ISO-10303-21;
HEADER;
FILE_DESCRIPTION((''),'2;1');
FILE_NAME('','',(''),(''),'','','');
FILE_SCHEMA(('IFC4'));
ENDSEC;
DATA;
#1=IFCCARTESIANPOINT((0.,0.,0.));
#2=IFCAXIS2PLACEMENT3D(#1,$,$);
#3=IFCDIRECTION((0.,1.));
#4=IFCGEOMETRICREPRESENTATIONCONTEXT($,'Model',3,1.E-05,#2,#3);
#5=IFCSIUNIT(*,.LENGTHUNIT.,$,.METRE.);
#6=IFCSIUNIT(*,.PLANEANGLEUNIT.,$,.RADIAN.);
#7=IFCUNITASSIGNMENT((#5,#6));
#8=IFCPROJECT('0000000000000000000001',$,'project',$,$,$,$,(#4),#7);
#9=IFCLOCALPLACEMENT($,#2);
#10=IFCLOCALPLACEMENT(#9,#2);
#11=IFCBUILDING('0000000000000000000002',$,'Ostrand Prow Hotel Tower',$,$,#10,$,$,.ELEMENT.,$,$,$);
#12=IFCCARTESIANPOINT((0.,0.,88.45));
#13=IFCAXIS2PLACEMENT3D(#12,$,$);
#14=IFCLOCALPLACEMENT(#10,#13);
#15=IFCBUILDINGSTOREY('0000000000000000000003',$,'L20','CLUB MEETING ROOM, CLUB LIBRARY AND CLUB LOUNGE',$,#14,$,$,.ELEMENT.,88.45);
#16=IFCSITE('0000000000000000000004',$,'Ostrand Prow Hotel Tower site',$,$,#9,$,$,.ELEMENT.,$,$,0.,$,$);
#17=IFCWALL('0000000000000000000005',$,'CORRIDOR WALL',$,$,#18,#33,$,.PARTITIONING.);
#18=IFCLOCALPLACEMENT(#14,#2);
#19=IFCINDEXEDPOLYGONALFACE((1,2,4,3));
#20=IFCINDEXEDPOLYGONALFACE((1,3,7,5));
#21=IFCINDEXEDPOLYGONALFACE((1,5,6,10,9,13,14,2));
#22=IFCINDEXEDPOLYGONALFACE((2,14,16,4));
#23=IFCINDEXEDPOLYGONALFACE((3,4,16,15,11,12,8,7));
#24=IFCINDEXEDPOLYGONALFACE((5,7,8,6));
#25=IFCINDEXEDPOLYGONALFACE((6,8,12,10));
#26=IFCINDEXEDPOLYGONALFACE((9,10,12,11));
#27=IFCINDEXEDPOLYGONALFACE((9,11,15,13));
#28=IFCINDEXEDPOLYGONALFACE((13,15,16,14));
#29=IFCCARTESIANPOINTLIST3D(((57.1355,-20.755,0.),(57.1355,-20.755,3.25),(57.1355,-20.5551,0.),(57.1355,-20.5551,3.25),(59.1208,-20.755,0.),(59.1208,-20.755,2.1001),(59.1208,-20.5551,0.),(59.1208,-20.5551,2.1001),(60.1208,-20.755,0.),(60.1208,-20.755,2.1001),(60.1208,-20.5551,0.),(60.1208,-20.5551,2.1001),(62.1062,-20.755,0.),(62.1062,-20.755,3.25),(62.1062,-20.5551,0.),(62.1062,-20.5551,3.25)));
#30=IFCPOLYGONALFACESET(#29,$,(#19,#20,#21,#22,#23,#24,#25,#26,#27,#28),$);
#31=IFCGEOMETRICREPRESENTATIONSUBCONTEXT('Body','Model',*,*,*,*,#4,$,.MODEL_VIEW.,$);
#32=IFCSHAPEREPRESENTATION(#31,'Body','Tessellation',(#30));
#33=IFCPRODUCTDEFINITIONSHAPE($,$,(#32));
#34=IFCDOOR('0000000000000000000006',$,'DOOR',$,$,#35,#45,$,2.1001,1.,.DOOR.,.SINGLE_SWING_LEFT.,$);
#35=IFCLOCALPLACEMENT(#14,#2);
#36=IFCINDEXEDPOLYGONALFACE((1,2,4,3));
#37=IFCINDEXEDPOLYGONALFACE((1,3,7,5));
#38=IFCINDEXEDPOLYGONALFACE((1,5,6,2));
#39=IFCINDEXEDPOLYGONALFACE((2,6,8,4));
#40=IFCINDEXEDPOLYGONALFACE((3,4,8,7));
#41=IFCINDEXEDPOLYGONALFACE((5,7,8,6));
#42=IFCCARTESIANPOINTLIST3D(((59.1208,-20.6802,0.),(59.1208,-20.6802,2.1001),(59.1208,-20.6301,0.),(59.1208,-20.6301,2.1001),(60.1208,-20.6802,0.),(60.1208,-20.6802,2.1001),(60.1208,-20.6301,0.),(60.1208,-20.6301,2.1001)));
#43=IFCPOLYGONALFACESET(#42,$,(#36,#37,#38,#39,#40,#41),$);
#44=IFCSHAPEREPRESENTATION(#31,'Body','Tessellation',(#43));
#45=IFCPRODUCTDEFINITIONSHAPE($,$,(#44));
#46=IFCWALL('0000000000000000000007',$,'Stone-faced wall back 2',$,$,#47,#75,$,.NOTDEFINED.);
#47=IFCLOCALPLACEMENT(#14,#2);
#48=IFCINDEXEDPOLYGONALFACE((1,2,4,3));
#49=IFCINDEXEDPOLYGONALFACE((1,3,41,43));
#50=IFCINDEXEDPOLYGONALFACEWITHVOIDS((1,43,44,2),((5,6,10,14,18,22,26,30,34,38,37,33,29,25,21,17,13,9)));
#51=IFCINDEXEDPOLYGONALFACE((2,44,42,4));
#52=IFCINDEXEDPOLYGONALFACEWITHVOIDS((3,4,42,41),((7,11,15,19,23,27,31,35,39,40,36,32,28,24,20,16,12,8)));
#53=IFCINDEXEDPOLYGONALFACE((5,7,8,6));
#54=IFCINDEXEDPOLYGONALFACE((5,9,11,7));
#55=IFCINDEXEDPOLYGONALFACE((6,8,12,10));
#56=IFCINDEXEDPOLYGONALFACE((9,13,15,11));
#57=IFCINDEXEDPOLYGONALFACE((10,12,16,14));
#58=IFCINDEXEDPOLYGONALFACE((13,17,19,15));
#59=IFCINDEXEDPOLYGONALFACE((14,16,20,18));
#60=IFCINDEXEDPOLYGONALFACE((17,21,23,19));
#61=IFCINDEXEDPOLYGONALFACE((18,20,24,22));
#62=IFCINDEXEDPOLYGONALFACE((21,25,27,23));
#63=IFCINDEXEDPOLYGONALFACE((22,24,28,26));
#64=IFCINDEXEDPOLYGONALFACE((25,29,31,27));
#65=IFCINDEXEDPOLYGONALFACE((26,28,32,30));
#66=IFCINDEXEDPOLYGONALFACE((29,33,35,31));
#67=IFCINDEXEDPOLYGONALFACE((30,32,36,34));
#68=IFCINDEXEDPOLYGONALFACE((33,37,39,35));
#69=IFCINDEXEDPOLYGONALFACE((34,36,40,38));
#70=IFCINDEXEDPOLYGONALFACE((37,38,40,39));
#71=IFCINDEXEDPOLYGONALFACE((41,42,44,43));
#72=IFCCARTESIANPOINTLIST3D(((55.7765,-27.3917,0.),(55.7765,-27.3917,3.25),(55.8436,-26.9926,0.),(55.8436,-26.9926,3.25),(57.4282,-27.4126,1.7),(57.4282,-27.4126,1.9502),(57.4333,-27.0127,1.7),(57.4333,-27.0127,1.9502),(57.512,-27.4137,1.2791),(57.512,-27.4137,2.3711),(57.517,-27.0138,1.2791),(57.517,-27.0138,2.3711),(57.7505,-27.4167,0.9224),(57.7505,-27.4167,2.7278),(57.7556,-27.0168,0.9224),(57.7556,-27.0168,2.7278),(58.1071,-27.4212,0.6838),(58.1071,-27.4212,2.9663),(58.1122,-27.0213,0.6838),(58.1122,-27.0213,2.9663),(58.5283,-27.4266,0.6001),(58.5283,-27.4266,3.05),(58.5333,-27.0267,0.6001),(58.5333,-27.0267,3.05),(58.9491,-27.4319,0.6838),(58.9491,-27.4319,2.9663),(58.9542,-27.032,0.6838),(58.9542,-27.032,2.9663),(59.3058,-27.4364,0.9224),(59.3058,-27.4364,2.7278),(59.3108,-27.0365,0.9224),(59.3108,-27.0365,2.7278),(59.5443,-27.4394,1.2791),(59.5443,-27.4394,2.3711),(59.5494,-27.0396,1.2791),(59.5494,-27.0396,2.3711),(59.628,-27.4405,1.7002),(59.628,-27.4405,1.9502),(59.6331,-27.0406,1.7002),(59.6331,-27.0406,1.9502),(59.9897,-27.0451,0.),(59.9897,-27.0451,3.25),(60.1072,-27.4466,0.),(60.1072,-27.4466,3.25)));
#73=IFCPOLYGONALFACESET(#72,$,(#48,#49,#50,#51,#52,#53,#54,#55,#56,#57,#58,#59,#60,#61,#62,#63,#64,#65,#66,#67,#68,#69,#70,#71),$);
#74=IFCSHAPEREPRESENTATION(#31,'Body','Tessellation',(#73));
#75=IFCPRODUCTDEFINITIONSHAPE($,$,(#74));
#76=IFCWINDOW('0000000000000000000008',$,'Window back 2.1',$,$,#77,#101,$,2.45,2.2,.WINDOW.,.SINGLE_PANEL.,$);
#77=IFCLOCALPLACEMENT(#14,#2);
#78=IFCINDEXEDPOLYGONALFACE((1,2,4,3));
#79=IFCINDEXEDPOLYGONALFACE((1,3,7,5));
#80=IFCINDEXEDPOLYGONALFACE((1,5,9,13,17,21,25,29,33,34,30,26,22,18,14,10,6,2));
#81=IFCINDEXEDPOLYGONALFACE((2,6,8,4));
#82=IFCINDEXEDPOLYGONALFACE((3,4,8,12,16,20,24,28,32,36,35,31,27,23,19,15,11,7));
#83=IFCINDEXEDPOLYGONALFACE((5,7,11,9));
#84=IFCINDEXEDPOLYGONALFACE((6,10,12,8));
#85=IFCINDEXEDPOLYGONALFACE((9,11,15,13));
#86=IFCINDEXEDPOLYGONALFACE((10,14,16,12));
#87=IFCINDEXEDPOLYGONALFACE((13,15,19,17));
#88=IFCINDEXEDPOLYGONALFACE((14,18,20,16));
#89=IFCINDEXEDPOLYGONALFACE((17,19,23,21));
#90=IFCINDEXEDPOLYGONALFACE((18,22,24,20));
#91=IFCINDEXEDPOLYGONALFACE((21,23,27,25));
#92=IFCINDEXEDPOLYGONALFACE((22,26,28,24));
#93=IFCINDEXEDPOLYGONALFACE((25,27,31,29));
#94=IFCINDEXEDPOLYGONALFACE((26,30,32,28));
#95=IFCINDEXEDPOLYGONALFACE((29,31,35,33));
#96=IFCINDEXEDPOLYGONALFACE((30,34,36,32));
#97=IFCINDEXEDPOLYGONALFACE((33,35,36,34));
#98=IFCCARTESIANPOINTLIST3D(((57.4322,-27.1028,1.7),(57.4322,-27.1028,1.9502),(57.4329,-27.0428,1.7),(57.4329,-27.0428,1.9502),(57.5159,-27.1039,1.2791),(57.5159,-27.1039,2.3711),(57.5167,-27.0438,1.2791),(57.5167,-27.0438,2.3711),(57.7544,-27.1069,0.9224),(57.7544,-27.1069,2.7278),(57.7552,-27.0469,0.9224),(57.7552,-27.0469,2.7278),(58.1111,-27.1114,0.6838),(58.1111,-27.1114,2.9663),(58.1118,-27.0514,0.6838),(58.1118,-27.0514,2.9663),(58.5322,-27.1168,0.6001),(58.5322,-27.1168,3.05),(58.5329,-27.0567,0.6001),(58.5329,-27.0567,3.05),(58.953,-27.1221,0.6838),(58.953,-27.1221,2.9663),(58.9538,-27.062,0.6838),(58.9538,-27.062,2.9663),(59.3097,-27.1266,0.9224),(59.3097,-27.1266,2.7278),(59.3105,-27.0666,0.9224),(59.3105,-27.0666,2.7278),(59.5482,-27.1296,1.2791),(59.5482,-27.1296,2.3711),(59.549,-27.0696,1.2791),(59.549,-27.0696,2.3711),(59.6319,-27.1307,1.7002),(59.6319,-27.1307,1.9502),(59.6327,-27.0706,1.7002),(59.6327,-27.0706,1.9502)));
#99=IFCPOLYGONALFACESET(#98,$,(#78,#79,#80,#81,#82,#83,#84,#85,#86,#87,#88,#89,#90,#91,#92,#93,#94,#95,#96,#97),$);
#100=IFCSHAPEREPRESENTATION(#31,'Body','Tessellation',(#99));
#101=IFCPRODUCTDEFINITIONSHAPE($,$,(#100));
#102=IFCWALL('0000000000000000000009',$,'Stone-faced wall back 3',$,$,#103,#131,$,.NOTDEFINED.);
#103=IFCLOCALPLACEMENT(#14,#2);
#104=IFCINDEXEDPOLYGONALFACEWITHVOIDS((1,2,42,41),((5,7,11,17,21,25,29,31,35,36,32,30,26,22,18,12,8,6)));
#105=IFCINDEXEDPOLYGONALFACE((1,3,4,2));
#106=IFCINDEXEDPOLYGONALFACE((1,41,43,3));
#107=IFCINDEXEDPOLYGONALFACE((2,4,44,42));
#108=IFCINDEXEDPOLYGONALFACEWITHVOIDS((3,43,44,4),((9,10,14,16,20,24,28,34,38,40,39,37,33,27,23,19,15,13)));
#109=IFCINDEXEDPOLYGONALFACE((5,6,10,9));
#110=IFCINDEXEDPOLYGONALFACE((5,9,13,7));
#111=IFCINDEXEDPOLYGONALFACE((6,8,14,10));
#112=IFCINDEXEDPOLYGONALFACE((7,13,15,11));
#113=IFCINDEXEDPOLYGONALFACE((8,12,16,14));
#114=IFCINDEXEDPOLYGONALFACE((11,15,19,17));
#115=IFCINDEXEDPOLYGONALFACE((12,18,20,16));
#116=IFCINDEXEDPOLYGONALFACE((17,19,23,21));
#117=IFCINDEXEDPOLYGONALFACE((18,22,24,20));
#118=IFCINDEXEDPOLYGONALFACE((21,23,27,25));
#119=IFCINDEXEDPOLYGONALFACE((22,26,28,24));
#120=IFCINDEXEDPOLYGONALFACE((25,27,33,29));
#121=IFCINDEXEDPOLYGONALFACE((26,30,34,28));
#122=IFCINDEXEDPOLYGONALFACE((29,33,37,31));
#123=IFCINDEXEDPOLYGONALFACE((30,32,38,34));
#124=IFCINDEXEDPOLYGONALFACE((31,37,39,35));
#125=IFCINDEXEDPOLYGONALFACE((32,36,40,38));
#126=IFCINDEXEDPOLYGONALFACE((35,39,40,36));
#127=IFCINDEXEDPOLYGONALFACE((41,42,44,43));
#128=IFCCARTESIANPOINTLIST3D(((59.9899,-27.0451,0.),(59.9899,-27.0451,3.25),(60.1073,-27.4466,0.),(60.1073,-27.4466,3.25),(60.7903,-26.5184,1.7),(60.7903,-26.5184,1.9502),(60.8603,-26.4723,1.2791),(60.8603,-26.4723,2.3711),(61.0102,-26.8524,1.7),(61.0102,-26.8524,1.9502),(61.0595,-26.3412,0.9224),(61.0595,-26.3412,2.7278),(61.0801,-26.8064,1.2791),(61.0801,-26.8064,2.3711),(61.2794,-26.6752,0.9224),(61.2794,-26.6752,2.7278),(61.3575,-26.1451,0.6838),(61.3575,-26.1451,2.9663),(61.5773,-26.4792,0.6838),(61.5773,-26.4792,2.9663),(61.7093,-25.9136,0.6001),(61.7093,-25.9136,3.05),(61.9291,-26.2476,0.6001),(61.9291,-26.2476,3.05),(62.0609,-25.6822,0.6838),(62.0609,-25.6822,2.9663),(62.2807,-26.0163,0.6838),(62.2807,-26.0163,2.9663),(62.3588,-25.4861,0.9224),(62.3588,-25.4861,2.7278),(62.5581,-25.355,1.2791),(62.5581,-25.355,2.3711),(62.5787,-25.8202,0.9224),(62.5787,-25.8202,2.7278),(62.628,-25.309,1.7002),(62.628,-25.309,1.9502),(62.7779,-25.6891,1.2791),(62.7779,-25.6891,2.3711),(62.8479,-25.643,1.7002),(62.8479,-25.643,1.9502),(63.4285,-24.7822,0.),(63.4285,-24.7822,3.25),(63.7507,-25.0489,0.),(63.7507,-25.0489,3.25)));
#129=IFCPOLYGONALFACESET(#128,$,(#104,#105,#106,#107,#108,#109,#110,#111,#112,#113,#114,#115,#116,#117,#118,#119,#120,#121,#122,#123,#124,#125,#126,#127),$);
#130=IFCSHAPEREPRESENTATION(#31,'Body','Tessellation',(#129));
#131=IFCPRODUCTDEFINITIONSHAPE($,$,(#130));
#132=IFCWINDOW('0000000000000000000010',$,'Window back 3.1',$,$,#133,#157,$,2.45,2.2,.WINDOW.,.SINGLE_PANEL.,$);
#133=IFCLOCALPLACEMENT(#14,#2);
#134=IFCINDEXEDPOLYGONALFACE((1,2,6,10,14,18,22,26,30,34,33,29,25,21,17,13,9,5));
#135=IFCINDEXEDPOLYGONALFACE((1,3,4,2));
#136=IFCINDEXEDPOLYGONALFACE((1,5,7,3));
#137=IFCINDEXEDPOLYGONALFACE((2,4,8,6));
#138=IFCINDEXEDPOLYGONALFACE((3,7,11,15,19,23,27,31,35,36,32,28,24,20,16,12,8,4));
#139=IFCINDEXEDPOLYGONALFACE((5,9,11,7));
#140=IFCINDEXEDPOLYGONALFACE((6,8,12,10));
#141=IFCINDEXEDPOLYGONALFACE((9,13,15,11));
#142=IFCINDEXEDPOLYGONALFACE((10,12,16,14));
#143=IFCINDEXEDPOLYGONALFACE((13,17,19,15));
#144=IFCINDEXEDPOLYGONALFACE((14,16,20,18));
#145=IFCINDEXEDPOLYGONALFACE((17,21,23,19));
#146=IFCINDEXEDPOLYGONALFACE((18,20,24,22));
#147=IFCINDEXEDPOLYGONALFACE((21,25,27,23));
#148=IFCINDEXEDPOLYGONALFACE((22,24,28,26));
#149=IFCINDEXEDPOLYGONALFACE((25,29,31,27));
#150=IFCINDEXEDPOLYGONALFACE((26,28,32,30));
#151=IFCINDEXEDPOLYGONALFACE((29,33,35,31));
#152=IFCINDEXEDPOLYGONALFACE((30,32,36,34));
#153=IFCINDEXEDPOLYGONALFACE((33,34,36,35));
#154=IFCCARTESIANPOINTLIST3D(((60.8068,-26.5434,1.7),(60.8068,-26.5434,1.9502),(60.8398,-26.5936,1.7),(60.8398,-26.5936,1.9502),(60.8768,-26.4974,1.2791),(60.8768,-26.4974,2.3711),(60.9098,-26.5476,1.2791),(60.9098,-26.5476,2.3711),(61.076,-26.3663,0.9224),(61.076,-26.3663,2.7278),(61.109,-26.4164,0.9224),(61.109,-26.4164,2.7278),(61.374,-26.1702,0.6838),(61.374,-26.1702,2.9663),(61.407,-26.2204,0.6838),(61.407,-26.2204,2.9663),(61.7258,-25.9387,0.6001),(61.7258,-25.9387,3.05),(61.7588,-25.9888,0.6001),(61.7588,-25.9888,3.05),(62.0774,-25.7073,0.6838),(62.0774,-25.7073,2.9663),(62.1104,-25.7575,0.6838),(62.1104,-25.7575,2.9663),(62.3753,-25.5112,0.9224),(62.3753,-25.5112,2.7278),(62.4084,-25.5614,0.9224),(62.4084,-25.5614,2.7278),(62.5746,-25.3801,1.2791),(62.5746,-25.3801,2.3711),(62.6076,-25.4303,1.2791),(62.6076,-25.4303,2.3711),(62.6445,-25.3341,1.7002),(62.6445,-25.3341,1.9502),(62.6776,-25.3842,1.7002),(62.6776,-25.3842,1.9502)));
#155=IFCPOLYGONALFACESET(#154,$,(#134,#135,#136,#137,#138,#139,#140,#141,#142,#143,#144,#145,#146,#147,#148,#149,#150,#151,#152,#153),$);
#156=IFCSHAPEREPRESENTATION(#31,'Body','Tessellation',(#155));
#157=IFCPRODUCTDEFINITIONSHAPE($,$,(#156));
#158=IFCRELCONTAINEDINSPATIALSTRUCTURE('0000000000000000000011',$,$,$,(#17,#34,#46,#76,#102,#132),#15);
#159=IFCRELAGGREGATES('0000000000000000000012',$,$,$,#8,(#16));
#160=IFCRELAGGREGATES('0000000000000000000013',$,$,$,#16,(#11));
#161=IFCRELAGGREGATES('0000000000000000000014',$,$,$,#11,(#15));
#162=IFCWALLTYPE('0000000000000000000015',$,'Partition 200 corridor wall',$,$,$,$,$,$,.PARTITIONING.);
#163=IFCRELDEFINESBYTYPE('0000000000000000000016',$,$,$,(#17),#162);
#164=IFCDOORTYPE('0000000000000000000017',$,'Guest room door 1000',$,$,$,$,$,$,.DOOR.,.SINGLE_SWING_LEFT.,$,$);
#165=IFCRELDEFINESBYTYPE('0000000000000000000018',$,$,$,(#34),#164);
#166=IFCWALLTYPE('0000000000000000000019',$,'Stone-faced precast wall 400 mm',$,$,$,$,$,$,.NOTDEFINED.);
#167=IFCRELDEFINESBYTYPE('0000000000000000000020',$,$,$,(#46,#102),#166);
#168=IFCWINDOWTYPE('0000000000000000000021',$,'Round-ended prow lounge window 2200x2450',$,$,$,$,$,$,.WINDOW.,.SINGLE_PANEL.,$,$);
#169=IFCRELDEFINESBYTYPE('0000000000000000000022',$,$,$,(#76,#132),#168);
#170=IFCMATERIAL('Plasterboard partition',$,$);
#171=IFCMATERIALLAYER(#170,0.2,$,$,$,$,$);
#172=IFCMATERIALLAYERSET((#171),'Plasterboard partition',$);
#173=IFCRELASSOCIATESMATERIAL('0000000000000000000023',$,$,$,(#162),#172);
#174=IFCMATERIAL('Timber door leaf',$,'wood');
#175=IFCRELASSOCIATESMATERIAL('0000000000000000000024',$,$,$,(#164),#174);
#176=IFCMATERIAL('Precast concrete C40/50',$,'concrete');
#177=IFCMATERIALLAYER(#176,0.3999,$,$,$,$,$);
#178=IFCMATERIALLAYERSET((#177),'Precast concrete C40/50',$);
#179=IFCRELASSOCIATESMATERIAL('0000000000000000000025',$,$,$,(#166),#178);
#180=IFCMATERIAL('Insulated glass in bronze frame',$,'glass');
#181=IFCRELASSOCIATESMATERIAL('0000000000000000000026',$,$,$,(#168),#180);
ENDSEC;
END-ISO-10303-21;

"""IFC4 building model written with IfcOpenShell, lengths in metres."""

from ifc_helpers import new_model, si_unit, direction, frame, frame_2d, origin, place, context, subcontext, project, spatial, polyline, rectangle, outline, extrude, material, layer, layer_set, type_object, element, fill, save


model = new_model("IFC4")

# Units and contexts
model_context = context("Model", 3, precision=1e-05, world=origin(), true_north=direction((0.0, 1.0)))
body_context = subcontext(model_context, "Body", "Model", "MODEL_VIEW")
ifc_project = project(units=[si_unit("LENGTHUNIT", "METRE"), si_unit("PLANEANGLEUNIT", "RADIAN")], contexts=[model_context])

# Site, building, storey
site_placement = place(None, origin())
site = spatial("IfcSite", under=ifc_project, at=site_placement, Name="Ostrand Prow Hotel Tower site", CompositionType="ELEMENT", RefElevation=0.0)
building_placement = place(site_placement, origin())
building = spatial("IfcBuilding", under=site, at=building_placement, Name="Ostrand Prow Hotel Tower", CompositionType="ELEMENT")
storey_placement = place(building_placement, frame((0.0, 0.0, 88.45)))
storey = spatial("IfcBuildingStorey", under=building, at=storey_placement, Name="L20", Description="CLUB MEETING ROOM, CLUB LIBRARY AND CLUB LOUNGE", CompositionType="ELEMENT", Elevation=88.45)

# Wall, opening, door
ifc_material_1 = material(Name="Plasterboard partition")
ifc_layer_1 = layer(ifc_material_1, 0.2)
ifc_layer_set_1 = layer_set([ifc_layer_1], Name="Plasterboard partition")
wall_type_1 = type_object("IfcWallType", Name="Partition 200 corridor wall", PredefinedType="PARTITIONING", material=ifc_layer_set_1)
wall_1_placement = place(storey_placement, frame((57.1355, -20.655, 0.0), z_axis=(0.0, 0.0, 1.0), x_axis=(1.0, 0.0, 0.0)))
wall_1 = element("IfcWall", 1, at=wall_1_placement, inside=storey, type_object=wall_type_1, Name="CORRIDOR WALL", PredefinedType="PARTITIONING", context=body_context, shape_type="SweptSolid", body=[
    extrude(rectangle(XDim=4.9707, YDim=0.2, at=frame_2d((2.4854, 0.0))), origin(), (0.0, 0.0, 1.0), 3.25),
])
opening_1_placement = place(wall_1_placement, frame((1.9854, 0.0, 0.0)))
opening_1 = element("IfcOpeningElement", 2, at=opening_1_placement, cuts=wall_1, PredefinedType="OPENING", context=body_context, shape_type="SweptSolid", body=[
    extrude(rectangle(XDim=1.0, YDim=2.1001, at=frame_2d((0.5, 1.05))), frame((0.0, 0.1099, 0.0), z_axis=(0.0, -1.0, 0.0), x_axis=(1.0, 0.0, 0.0)), (0.0, 0.0, 1.0), 0.22),
])
ifc_material_2 = material(Name="Timber door leaf", Category="wood")
door_type_1 = type_object("IfcDoorType", Name="Guest room door 1000", OperationType="SINGLE_SWING_LEFT", PredefinedType="DOOR", material=ifc_material_2)
door_1_placement = place(opening_1_placement, origin())
door_1 = element("IfcDoor", 3, at=door_1_placement, inside=storey, type_object=door_type_1, Name="DOOR", OperationType="SINGLE_SWING_LEFT", OverallHeight=2.1001, OverallWidth=1.0, PredefinedType="DOOR", context=body_context, shape_type="SweptSolid", body=[
    extrude(rectangle(XDim=1.0, YDim=2.1001, at=frame_2d((0.5, 1.05))), frame((0.0, 0.0249, 0.0), z_axis=(0.0, -1.0, 0.0), x_axis=(1.0, 0.0, 0.0)), (0.0, 0.0, 1.0), 0.05),
])
fill(opening_1, door_1)

# Walls, openings, windows
ifc_material_3 = material(Name="Precast concrete C40/50", Category="concrete")
ifc_layer_2 = layer(ifc_material_3, 0.3999)
ifc_layer_set_2 = layer_set([ifc_layer_2], Name="Precast concrete C40/50")
wall_type_2 = type_object("IfcWallType", Name="Stone-faced precast wall 400 mm", PredefinedType="NOTDEFINED", material=ifc_layer_set_2)
wall_2_placement = place(storey_placement, frame((55.8101, -27.1921, 0.0), z_axis=(0.0, 0.0, 1.0), x_axis=(0.99992, -0.012671, 0.0)))
wall_2 = element("IfcWall", 4, at=wall_2_placement, inside=storey, type_object=wall_type_2, Name="Stone-faced wall back 2", PredefinedType="NOTDEFINED", context=body_context, shape_type="SweptSolid", body=[
    extrude(outline(polyline([(-0.031, -0.2), (4.3, -0.2), (4.1775, 0.2), (0.031, 0.2), (-0.031, -0.2)])), origin(), (0.0, 0.0, 1.0), 3.25),
])
opening_2_placement = place(wall_2_placement, frame((1.6208, 0.0, 0.6001)))
opening_2 = element("IfcOpeningElement", 5, at=opening_2_placement, cuts=wall_2, PredefinedType="OPENING", context=body_context, shape_type="SweptSolid", body=[
    extrude(outline(polyline([(0.0, 1.3501), (0.0837, 1.771), (0.3223, 2.1277), (0.679, 2.3662), (1.1001, 2.45), (1.521, 2.3662), (1.8777, 2.1277), (2.1162, 1.771), (2.2, 1.3501), (2.2, 1.1001), (2.1162, 0.679), (1.8777, 0.3223), (1.521, 0.0837), (1.1001, 0.0), (0.679, 0.0837), (0.3223, 0.3223), (0.0837, 0.679), (0.0, 1.0999), (0.0, 1.3501)])), frame((0.0, 0.21, 0.0), z_axis=(0.0, -1.0, 0.0), x_axis=(1.0, 0.0, 0.0)), (0.0, 0.0, 1.0), 0.4199),
])
ifc_material_4 = material(Name="Insulated glass in bronze frame", Category="glass")
window_type_1 = type_object("IfcWindowType", Name="Round-ended prow lounge window 2200x2450", PartitioningType="SINGLE_PANEL", PredefinedType="WINDOW", material=ifc_material_4)
window_1_placement = place(opening_2_placement, origin())
window_1 = element("IfcWindow", 6, at=window_1_placement, inside=storey, type_object=window_type_1, Name="Window back 2.1", OverallHeight=2.45, OverallWidth=2.2, PartitioningType="SINGLE_PANEL", PredefinedType="WINDOW", context=body_context, shape_type="SweptSolid", body=[
    extrude(outline(polyline([(0.0, 1.3501), (0.0837, 1.771), (0.3223, 2.1277), (0.679, 2.3662), (1.1001, 2.45), (1.521, 2.3662), (1.8777, 2.1277), (2.1162, 1.771), (2.2, 1.3501), (2.2, 1.1001), (2.1162, 0.679), (1.8777, 0.3223), (1.521, 0.0837), (1.1001, 0.0), (0.679, 0.0837), (0.3223, 0.3223), (0.0837, 0.679), (0.0, 1.0999), (0.0, 1.3501)])), frame((0.0, 0.1699, 0.0), z_axis=(0.0, -1.0, 0.0), x_axis=(1.0, 0.0, 0.0)), (0.0, 0.0, 1.0), 0.0601),
])
fill(opening_2, window_1)
wall_3_placement = place(storey_placement, frame((60.0486, -27.2458, 0.0), z_axis=(0.0, 0.0, 1.0), x_axis=(0.835341, 0.549733, 0.0)))
wall_3 = element("IfcWall", 7, at=wall_3_placement, inside=storey, type_object=wall_type_2, Name="Stone-faced wall back 3", PredefinedType="NOTDEFINED", context=body_context, shape_type="SweptSolid", body=[
    extrude(outline(polyline([(-0.0613, -0.2), (4.3003, -0.2), (4.1777, 0.2), (0.0613, 0.2), (-0.0613, -0.2)])), origin(), (0.0, 0.0, 1.0), 3.25),
])
opening_3_placement = place(wall_3_placement, frame((1.0195, 0.0, 0.6001)))
opening_3 = element("IfcOpeningElement", 8, at=opening_3_placement, cuts=wall_3, PredefinedType="OPENING", context=body_context, shape_type="SweptSolid", body=[
    extrude(outline(polyline([(0.0, 1.3501), (0.0837, 1.771), (0.3223, 2.1277), (0.679, 2.3662), (1.1001, 2.45), (1.521, 2.3662), (1.8777, 2.1277), (2.1162, 1.771), (2.2, 1.3501), (2.2, 1.1001), (2.1162, 0.679), (1.8777, 0.3223), (1.521, 0.0837), (1.1001, 0.0), (0.679, 0.0837), (0.3223, 0.3223), (0.0837, 0.679), (0.0, 1.0999), (0.0, 1.3501)])), frame((0.0, 0.21, 0.0), z_axis=(0.0, -1.0, 0.0), x_axis=(1.0, 0.0, 0.0)), (0.0, 0.0, 1.0), 0.4199),
])
window_2_placement = place(opening_3_placement, origin())
window_2 = element("IfcWindow", 9, at=window_2_placement, inside=storey, type_object=window_type_1, Name="Window back 3.1", OverallHeight=2.45, OverallWidth=2.2, PartitioningType="SINGLE_PANEL", PredefinedType="WINDOW", context=body_context, shape_type="SweptSolid", body=[
    extrude(outline(polyline([(0.0, 1.3501), (0.0837, 1.771), (0.3223, 2.1277), (0.679, 2.3662), (1.1001, 2.45), (1.521, 2.3662), (1.8777, 2.1277), (2.1162, 1.771), (2.2, 1.3501), (2.2, 1.1001), (2.1162, 0.679), (1.8777, 0.3223), (1.521, 0.0837), (1.1001, 0.0), (0.679, 0.0837), (0.3223, 0.3223), (0.0837, 0.679), (0.0, 1.0999), (0.0, 1.3501)])), frame((0.0, 0.1699, 0.0), z_axis=(0.0, -1.0, 0.0), x_axis=(1.0, 0.0, 0.0)), (0.0, 0.0, 1.0), 0.0601),
])
fill(opening_3, window_2)

save(model, "model.ifc")
